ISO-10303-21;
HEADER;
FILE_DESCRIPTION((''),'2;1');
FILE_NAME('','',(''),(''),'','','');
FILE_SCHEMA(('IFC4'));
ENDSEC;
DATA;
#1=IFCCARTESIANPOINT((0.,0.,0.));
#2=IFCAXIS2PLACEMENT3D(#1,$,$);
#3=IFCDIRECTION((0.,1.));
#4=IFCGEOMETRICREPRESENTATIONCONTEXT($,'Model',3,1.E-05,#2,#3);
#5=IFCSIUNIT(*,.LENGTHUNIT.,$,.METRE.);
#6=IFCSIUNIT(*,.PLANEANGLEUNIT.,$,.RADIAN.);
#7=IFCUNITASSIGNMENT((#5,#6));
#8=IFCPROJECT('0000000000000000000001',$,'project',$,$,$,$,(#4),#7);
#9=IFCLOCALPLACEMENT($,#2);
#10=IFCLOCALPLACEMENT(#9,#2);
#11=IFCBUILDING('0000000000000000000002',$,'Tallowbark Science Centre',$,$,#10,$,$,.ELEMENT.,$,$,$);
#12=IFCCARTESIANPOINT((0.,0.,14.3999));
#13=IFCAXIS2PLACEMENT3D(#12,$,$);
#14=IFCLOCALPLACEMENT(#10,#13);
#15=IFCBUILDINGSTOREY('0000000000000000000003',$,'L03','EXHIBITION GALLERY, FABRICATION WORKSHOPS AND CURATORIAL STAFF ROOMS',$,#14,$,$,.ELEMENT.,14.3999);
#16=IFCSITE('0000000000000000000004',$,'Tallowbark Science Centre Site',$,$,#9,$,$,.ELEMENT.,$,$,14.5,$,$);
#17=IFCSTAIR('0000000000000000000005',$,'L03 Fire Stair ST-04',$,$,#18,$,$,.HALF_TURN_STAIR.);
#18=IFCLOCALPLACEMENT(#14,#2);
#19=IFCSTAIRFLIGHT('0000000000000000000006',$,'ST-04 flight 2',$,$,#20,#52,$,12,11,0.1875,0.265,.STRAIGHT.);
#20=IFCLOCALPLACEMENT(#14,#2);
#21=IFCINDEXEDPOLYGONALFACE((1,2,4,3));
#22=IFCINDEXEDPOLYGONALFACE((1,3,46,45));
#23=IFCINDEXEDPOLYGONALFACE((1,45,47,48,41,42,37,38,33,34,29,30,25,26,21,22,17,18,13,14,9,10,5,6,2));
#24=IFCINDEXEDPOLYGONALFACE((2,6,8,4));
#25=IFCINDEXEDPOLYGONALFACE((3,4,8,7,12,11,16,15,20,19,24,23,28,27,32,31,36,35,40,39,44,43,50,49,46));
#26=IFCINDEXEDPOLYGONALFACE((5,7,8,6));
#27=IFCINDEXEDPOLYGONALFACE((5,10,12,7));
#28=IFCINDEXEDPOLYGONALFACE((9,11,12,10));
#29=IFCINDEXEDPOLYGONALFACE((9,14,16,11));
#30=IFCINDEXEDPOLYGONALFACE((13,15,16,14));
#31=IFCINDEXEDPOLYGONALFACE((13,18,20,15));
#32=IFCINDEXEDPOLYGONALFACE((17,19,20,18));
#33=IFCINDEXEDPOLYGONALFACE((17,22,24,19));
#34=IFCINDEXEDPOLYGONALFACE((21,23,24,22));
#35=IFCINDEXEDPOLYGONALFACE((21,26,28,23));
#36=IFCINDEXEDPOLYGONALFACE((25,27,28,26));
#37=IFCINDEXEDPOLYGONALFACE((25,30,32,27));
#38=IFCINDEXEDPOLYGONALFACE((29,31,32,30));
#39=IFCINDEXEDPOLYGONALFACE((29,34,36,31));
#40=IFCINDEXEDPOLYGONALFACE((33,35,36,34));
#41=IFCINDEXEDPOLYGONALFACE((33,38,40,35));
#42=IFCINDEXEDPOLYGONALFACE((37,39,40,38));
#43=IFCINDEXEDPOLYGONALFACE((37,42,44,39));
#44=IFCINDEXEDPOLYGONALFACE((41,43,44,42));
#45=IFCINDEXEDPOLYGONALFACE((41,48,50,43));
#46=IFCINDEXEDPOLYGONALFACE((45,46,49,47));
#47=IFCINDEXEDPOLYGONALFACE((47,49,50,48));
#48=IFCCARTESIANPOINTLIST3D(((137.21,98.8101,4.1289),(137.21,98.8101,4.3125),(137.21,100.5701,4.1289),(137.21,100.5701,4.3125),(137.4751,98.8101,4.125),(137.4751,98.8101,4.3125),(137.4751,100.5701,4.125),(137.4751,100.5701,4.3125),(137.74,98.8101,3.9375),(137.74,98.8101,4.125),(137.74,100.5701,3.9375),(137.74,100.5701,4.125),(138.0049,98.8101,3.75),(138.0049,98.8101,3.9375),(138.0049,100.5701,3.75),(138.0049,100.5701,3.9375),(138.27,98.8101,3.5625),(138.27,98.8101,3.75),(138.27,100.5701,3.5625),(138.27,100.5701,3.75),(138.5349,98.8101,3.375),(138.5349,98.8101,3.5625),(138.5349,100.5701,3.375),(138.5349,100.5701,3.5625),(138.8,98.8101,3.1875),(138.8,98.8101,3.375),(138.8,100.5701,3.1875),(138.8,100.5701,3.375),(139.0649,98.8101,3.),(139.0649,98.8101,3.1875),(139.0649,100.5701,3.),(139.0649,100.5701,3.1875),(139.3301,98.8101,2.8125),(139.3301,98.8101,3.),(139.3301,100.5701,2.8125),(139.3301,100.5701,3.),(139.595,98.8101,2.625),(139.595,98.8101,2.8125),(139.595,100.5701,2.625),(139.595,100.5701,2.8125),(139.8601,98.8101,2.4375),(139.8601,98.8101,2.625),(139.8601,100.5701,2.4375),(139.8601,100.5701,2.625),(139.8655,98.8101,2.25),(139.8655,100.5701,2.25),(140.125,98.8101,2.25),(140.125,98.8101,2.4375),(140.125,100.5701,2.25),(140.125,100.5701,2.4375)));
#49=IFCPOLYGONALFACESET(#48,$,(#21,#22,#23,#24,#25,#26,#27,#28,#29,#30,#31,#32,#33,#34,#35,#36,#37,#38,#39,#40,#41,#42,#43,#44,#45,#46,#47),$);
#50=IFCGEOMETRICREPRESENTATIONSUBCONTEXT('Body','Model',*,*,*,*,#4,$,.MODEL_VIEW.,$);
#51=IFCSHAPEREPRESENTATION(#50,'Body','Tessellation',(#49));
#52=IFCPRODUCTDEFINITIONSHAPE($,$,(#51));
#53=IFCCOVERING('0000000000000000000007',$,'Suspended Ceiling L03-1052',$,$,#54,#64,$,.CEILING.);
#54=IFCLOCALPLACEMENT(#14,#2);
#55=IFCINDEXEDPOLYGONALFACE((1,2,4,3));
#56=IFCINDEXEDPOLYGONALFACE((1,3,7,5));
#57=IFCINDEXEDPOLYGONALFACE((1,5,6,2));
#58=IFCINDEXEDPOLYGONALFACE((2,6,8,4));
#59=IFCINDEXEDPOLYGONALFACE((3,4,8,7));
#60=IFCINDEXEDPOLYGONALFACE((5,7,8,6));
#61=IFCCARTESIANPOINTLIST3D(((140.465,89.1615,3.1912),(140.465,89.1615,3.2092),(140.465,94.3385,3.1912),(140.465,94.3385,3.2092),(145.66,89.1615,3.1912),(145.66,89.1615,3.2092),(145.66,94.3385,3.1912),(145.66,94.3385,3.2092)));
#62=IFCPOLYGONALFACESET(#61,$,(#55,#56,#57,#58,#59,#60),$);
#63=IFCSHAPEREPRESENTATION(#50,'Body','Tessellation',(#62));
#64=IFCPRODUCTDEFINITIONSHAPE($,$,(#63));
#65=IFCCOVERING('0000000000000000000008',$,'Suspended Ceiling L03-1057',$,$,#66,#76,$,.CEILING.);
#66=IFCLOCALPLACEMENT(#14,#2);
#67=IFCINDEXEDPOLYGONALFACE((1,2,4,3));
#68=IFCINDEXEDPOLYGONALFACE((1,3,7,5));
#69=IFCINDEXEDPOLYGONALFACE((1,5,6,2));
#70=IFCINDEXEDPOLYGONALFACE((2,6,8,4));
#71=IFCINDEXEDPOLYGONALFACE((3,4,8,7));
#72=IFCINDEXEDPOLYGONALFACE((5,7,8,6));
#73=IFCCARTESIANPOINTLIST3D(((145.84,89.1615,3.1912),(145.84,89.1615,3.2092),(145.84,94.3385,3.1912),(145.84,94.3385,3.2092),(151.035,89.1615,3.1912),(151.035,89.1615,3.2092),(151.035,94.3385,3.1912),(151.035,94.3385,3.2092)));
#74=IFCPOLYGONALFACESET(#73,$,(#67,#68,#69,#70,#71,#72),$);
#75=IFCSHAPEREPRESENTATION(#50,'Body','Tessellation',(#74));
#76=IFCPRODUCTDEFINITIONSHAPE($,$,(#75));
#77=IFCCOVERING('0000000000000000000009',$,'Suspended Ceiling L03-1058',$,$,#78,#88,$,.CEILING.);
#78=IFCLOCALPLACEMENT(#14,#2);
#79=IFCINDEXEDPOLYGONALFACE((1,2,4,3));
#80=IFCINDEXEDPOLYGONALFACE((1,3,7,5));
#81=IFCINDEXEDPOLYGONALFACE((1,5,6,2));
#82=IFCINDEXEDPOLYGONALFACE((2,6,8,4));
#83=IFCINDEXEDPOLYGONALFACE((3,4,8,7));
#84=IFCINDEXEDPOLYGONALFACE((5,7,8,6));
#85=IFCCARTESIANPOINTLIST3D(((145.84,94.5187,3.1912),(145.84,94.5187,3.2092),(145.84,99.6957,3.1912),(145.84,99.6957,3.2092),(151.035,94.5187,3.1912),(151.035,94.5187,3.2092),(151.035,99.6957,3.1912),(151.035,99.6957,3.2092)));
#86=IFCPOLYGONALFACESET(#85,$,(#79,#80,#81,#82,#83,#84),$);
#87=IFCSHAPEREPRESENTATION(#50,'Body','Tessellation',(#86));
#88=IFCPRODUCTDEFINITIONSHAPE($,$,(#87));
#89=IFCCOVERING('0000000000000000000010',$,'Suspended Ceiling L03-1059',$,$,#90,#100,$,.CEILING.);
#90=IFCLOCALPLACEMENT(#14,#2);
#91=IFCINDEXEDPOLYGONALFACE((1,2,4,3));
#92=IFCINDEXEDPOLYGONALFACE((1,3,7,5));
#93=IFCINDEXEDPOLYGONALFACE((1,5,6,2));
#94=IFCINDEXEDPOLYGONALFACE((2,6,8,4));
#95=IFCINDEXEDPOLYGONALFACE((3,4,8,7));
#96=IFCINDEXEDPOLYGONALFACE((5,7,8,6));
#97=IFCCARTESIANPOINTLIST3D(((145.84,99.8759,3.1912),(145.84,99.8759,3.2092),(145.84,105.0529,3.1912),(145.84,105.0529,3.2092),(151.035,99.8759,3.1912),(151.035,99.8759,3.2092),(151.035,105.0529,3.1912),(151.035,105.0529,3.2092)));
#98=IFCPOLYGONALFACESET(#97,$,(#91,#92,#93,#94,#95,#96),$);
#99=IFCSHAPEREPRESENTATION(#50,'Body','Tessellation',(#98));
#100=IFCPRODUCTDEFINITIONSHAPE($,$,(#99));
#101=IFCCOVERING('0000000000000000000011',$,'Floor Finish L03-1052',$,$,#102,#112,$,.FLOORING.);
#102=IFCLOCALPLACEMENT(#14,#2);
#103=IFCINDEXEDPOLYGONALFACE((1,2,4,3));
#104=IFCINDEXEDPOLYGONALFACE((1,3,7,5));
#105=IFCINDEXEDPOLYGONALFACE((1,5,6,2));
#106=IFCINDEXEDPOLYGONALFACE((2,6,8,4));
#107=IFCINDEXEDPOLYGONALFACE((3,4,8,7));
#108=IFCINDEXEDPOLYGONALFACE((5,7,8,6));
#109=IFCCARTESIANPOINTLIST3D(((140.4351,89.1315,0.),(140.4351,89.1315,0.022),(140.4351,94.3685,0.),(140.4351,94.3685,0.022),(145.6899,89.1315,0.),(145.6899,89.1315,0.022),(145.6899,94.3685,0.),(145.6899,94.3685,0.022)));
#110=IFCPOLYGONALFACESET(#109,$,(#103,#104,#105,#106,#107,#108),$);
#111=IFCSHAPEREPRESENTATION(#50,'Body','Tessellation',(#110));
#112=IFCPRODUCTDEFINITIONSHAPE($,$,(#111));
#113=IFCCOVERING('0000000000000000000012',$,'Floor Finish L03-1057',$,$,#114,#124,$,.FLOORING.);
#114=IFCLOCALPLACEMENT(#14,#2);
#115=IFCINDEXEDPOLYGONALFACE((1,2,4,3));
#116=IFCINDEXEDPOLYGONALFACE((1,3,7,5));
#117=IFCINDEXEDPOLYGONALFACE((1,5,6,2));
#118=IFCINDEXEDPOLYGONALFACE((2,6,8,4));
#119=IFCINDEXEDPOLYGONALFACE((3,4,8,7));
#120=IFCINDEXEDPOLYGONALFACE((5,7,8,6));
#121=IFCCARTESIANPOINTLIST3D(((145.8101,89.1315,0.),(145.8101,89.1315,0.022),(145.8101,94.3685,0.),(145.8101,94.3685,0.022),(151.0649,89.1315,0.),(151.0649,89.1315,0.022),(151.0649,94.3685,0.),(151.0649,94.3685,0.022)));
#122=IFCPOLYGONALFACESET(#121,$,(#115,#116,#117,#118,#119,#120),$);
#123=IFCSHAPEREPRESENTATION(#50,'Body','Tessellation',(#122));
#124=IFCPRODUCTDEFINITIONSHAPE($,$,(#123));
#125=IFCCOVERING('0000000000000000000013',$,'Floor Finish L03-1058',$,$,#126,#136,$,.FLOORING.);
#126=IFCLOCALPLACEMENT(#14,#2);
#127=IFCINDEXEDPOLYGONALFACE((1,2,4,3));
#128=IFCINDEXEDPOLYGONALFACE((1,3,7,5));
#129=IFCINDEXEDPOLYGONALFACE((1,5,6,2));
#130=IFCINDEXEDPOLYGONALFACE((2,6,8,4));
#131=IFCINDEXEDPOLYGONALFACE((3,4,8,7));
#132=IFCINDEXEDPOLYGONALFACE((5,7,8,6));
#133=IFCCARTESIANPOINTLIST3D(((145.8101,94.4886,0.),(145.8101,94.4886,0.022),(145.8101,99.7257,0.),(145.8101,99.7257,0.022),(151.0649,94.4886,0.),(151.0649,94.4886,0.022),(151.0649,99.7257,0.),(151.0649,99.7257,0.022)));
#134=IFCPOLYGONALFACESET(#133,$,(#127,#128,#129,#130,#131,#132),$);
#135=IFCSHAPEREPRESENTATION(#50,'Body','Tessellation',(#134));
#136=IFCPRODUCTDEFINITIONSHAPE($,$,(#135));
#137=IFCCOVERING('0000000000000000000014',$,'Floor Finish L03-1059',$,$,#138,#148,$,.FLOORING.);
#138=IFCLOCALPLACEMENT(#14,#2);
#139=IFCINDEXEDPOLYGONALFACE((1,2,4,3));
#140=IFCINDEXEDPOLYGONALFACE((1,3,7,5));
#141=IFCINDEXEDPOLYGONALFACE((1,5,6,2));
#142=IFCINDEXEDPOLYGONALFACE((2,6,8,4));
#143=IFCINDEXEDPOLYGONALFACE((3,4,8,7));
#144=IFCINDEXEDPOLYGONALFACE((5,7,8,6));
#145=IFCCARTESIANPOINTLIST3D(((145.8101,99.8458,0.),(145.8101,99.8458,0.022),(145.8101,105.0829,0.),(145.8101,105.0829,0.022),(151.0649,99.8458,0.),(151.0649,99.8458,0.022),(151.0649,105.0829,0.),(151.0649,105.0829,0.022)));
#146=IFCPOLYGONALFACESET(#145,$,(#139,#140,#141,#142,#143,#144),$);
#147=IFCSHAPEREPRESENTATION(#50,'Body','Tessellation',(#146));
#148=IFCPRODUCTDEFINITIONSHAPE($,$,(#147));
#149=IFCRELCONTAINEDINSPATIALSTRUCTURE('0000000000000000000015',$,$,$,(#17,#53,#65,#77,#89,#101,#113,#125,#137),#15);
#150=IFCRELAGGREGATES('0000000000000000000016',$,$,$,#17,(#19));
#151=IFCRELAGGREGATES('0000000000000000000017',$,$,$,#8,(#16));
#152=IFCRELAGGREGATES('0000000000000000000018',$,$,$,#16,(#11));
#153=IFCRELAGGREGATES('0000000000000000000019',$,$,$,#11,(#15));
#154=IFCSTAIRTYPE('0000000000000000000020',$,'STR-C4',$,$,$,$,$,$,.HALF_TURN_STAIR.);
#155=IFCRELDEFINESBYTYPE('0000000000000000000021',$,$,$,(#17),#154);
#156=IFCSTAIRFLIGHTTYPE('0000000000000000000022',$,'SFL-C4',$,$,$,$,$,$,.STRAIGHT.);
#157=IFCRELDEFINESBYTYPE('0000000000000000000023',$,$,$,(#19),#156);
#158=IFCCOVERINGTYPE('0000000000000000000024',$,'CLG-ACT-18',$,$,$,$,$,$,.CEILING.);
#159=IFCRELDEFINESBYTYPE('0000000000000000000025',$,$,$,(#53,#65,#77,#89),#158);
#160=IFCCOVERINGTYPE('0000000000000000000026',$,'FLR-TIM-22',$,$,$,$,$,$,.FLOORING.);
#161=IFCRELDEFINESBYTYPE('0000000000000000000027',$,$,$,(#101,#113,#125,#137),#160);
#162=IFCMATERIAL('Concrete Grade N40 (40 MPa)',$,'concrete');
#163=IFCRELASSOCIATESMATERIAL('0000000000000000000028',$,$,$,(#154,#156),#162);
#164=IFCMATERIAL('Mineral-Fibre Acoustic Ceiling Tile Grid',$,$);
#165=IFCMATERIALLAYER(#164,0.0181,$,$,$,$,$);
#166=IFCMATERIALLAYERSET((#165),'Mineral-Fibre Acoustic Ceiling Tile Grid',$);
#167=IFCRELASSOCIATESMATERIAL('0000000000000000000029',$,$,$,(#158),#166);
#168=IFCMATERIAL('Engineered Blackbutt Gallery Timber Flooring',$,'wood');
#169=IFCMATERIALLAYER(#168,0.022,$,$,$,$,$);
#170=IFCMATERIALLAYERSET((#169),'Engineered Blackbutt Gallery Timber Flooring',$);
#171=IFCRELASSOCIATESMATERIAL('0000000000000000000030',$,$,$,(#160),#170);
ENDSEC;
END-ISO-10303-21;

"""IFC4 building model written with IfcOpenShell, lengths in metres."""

from ifc_helpers import new_model, si_unit, direction, frame, origin, origin_2d, place, context, subcontext, project, spatial, polyline, rectangle, outline, extrude, material, layer, layer_set, type_object, element, aggregate, save


model = new_model("IFC4")

# Units and contexts
model_context = context("Model", 3, precision=1e-05, world=origin(), true_north=direction((0.0, 1.0)))
body_context = subcontext(model_context, "Body", "Model", "MODEL_VIEW")
ifc_project = project(units=[si_unit("LENGTHUNIT", "METRE"), si_unit("PLANEANGLEUNIT", "RADIAN")], contexts=[model_context])

# Site, building, storey
site_placement = place(None, origin())
site = spatial("IfcSite", under=ifc_project, at=site_placement, Name="Tallowbark Science Centre Site", CompositionType="ELEMENT", RefElevation=14.5)
building_placement = place(site_placement, origin())
building = spatial("IfcBuilding", under=site, at=building_placement, Name="Tallowbark Science Centre", CompositionType="ELEMENT")
storey_placement = place(building_placement, frame((0.0, 0.0, 14.3999)))
storey = spatial("IfcBuildingStorey", under=building, at=storey_placement, Name="L03", Description="EXHIBITION GALLERY, FABRICATION WORKSHOPS AND CURATORIAL STAFF ROOMS", CompositionType="ELEMENT", Elevation=14.3999)

# Shared definitions
ifc_material_1 = material(Name="Concrete Grade N40 (40 MPa)", Category="concrete")

# Stair, stair flight
stair_type = type_object("IfcStairType", Name="STR-C4", PredefinedType="HALF_TURN_STAIR", material=ifc_material_1)
stair_placement = place(storey_placement, origin())
stair = element("IfcStair", 1, at=stair_placement, inside=storey, type_object=stair_type, Name="L03 Fire Stair ST-04", PredefinedType="HALF_TURN_STAIR")
stair_flight_type = type_object("IfcStairFlightType", Name="SFL-C4", PredefinedType="STRAIGHT", material=ifc_material_1)
stair_flight_placement = place(storey_placement, frame((140.125, 99.6899, 2.25), z_axis=(0.0, 0.0, 1.0), x_axis=(-1.0, 0.0, 0.0)))
stair_flight = element("IfcStairFlight", 2, at=stair_flight_placement, type_object=stair_flight_type, Name="ST-04 flight 2", NumberOfRisers=12, NumberOfTreads=11, PredefinedType="STRAIGHT", RiserHeight=0.1875, TreadLength=0.265, context=body_context, shape_type="SweptSolid", body=[
    extrude(outline(polyline([(0.0, 0.0), (0.0, 0.1875), (0.2649, 0.1875), (0.2649, 0.375), (0.53, 0.375), (0.53, 0.5625), (0.7949, 0.5625), (0.7949, 0.75), (1.0601, 0.75), (1.0601, 0.9375), (1.325, 0.9375), (1.325, 1.125), (1.5901, 1.125), (1.5901, 1.3125), (1.855, 1.3125), (1.855, 1.5), (2.1201, 1.5), (2.1201, 1.6875), (2.385, 1.6875), (2.385, 1.875), (2.6499, 1.875), (2.6499, 2.0625), (2.915, 2.0625), (2.915, 2.25), (2.915, 1.8789), (0.2595, 0.0), (0.0, 0.0)])), frame((0.0, 0.8799, 0.0), z_axis=(0.0, -1.0, 0.0), x_axis=(1.0, 0.0, 0.0)), (0.0, 0.0, 1.0), 1.76),
])
aggregate(stair, [stair_flight])

# Coverings
ifc_material_2 = material(Name="Mineral-Fibre Acoustic Ceiling Tile Grid")
ifc_layer_1 = layer(ifc_material_2, 0.0181)
ifc_layer_set_1 = layer_set([ifc_layer_1], Name="Mineral-Fibre Acoustic Ceiling Tile Grid")
covering_type_1 = type_object("IfcCoveringType", Name="CLG-ACT-18", PredefinedType="CEILING", material=ifc_layer_set_1)
for number, where, z_axis, x_axis, name in (
    (3, (143.0625, 91.75, 3.1912), (0.0, 0.0, 1.0), (1.0, 0.0, 0.0), "Suspended Ceiling L03-1052"),
    (4, (148.4375, 91.75, 3.1912), (0.0, 0.0, 1.0), (1.0, 0.0, 0.0), "Suspended Ceiling L03-1057"),
    (5, (148.4375, 97.1072, 3.1912), (0.0, 0.0, 1.0), (1.0, 0.0, 0.0), "Suspended Ceiling L03-1058"),
    (6, (148.4375, 102.4644, 3.1912), (0.0, 0.0, 1.0), (1.0, 0.0, 0.0), "Suspended Ceiling L03-1059"),
):
    element("IfcCovering", number, at=place(storey_placement, frame(where, z_axis=z_axis, x_axis=x_axis)), inside=storey, type_object=covering_type_1, Name=name, PredefinedType="CEILING", context=body_context, shape_type="SweptSolid", body=[
        extrude(rectangle(XDim=5.1951, YDim=5.177, at=origin_2d()), origin(), (0.0, 0.0, 1.0), 0.0181),
    ])
ifc_material_3 = material(Name="Engineered Blackbutt Gallery Timber Flooring", Category="wood")
ifc_layer_2 = layer(ifc_material_3, 0.022)
ifc_layer_set_2 = layer_set([ifc_layer_2], Name="Engineered Blackbutt Gallery Timber Flooring")
covering_type_2 = type_object("IfcCoveringType", Name="FLR-TIM-22", PredefinedType="FLOORING", material=ifc_layer_set_2)
for number, where, z_axis, x_axis, name in (
    (7, (143.0625, 91.75, 0.0), (0.0, 0.0, 1.0), (1.0, 0.0, 0.0), "Floor Finish L03-1052"),
    (8, (148.4375, 91.75, 0.0), (0.0, 0.0, 1.0), (1.0, 0.0, 0.0), "Floor Finish L03-1057"),
    (9, (148.4375, 97.1072, 0.0), (0.0, 0.0, 1.0), (1.0, 0.0, 0.0), "Floor Finish L03-1058"),
    (10, (148.4375, 102.4644, 0.0), (0.0, 0.0, 1.0), (1.0, 0.0, 0.0), "Floor Finish L03-1059"),
):
    element("IfcCovering", number, at=place(storey_placement, frame(where, z_axis=z_axis, x_axis=x_axis)), inside=storey, type_object=covering_type_2, Name=name, PredefinedType="FLOORING", context=body_context, shape_type="SweptSolid", body=[
        extrude(rectangle(XDim=5.2549, YDim=5.2371, at=origin_2d()), origin(), (0.0, 0.0, 1.0), 0.022),
    ])

save(model, "model.ifc")
